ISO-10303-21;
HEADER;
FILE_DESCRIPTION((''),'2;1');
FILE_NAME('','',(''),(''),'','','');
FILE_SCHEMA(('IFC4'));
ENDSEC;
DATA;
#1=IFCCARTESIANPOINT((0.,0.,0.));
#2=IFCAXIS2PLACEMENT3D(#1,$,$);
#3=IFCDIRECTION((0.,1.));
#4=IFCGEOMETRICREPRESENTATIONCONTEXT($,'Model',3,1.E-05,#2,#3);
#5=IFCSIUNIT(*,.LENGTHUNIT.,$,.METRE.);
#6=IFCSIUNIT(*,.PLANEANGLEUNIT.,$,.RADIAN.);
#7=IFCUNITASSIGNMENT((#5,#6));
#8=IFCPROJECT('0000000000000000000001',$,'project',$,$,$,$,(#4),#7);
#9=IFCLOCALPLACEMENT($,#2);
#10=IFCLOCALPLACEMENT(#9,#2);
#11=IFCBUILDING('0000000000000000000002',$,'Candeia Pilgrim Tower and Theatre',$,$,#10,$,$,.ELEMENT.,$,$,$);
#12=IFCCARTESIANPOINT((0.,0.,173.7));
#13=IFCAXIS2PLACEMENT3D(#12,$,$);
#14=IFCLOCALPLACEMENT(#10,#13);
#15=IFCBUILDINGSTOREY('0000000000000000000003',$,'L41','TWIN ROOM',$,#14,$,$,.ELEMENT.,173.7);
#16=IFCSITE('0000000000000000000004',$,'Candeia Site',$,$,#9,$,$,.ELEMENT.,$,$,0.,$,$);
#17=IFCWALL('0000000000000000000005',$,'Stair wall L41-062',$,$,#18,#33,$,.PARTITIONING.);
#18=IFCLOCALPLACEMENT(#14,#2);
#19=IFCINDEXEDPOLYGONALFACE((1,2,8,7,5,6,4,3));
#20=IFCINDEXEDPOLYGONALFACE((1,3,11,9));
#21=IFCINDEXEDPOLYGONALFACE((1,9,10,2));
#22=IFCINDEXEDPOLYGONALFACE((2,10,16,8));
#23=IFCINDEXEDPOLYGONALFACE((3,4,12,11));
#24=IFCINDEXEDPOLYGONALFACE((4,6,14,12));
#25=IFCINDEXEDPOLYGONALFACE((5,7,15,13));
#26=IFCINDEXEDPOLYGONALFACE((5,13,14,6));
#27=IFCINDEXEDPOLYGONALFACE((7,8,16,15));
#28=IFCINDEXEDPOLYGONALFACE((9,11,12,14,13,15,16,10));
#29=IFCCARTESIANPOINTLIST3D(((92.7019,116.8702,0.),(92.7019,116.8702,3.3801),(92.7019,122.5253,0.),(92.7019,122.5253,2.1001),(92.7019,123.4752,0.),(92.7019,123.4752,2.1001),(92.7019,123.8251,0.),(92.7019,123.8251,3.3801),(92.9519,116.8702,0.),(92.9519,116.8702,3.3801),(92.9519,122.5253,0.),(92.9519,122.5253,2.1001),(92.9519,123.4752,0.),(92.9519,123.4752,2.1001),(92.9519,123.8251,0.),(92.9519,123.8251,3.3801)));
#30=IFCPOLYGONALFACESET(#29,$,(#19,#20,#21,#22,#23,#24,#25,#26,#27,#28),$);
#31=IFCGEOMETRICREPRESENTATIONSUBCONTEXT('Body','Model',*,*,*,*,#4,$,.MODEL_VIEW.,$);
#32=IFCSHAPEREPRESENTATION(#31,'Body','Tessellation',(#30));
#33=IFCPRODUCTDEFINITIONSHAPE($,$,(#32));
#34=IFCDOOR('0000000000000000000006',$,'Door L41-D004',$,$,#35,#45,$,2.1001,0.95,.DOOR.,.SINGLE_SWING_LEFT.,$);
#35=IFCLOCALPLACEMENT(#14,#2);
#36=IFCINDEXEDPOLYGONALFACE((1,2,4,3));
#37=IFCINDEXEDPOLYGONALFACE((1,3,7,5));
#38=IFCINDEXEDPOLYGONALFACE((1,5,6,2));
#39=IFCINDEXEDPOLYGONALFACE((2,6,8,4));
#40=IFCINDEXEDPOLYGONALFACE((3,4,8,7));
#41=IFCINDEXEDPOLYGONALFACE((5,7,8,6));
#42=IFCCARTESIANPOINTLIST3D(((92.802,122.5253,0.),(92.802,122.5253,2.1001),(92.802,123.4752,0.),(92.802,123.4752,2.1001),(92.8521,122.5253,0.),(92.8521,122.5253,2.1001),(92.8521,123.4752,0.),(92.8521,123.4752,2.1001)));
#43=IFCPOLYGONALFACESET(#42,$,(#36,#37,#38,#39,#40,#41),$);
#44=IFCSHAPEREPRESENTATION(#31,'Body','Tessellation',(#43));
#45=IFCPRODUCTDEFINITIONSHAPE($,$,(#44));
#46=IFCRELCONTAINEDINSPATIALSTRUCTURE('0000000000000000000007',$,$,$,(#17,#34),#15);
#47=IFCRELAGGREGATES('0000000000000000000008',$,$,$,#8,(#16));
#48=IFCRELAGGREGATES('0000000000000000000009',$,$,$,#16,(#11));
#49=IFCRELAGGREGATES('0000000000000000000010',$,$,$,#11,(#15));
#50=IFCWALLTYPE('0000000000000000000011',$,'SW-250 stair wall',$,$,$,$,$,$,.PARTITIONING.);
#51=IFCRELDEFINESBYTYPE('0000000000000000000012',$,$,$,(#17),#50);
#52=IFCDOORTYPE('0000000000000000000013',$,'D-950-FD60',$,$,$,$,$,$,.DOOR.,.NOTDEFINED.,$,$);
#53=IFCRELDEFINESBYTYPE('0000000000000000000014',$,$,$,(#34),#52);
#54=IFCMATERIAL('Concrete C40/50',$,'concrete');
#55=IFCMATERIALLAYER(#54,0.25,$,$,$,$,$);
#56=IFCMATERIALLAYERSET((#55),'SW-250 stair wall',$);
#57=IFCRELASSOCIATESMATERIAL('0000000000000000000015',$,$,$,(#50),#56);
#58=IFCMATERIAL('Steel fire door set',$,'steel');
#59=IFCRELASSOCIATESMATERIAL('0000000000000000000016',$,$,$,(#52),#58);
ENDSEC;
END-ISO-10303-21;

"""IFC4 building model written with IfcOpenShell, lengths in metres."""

from ifc_helpers import new_model, si_unit, direction, frame, frame_2d, origin, place, context, subcontext, project, spatial, rectangle, extrude, material, layer, layer_set, type_object, element, fill, save


model = new_model("IFC4")

# Units and contexts
model_context = context("Model", 3, precision=1e-05, world=origin(), true_north=direction((0.0, 1.0)))
body_context = subcontext(model_context, "Body", "Model", "MODEL_VIEW")
ifc_project = project(units=[si_unit("LENGTHUNIT", "METRE"), si_unit("PLANEANGLEUNIT", "RADIAN")], contexts=[model_context])

# Site, building, storey
site_placement = place(None, origin())
site = spatial("IfcSite", under=ifc_project, at=site_placement, Name="Candeia Site", CompositionType="ELEMENT", RefElevation=0.0)
building_placement = place(site_placement, origin())
building = spatial("IfcBuilding", under=site, at=building_placement, Name="Candeia Pilgrim Tower and Theatre", CompositionType="ELEMENT")
storey_placement = place(building_placement, frame((0.0, 0.0, 173.7)))
storey = spatial("IfcBuildingStorey", under=building, at=storey_placement, Name="L41", Description="TWIN ROOM", CompositionType="ELEMENT", Elevation=173.7)

# Shared definitions
ifc_material_1 = material(Name="Concrete C40/50", Category="concrete")

# Shared definitions
ifc_material_2 = material(Name="Steel fire door set", Category="steel")

# Wall, opening, door
ifc_layer_1 = layer(ifc_material_1, 0.25)
ifc_layer_set_1 = layer_set([ifc_layer_1], Name="SW-250 stair wall")
wall_type_1 = type_object("IfcWallType", Name="SW-250 stair wall", PredefinedType="PARTITIONING", material=ifc_layer_set_1)
wall_1_placement = place(storey_placement, frame((92.8269, 116.8701, 0.0), z_axis=(0.0, 0.0, 1.0), x_axis=(0.0, 1.0, 0.0)))
wall_1 = element("IfcWall", 1, at=wall_1_placement, inside=storey, type_object=wall_type_1, Name="Stair wall L41-062", PredefinedType="PARTITIONING", context=body_context, shape_type="SweptSolid", body=[
    extrude(rectangle(XDim=6.9548, YDim=0.25, at=frame_2d((3.4775, 0.0))), origin(), (0.0, 0.0, 1.0), 3.3801),
])
opening_1_placement = place(wall_1_placement, frame((5.655, 0.0, 0.0)))
opening_1 = element("IfcOpeningElement", 2, at=opening_1_placement, cuts=wall_1, PredefinedType="OPENING", context=body_context, shape_type="SweptSolid", body=[
    extrude(rectangle(XDim=0.95, YDim=2.1001, at=frame_2d((0.4751, 1.05))), frame((0.0, 0.135, 0.0), z_axis=(0.0, -1.0, 0.0), x_axis=(1.0, 0.0, 0.0)), (0.0, 0.0, 1.0), 0.27),
])
door_type_1 = type_object("IfcDoorType", Name="D-950-FD60", OperationType="NOTDEFINED", PredefinedType="DOOR", material=ifc_material_2)
door_1_placement = place(opening_1_placement, origin())
door_1 = element("IfcDoor", 3, at=door_1_placement, inside=storey, type_object=door_type_1, Name="Door L41-D004", OperationType="SINGLE_SWING_LEFT", OverallHeight=2.1001, OverallWidth=0.95, PredefinedType="DOOR", context=body_context, shape_type="SweptSolid", body=[
    extrude(rectangle(XDim=0.95, YDim=2.1001, at=frame_2d((0.4751, 1.05))), frame((0.0, 0.0249, 0.0), z_axis=(0.0, -1.0, 0.0), x_axis=(1.0, 0.0, 0.0)), (0.0, 0.0, 1.0), 0.05),
])
fill(opening_1, door_1)

save(model, "model.ifc")
